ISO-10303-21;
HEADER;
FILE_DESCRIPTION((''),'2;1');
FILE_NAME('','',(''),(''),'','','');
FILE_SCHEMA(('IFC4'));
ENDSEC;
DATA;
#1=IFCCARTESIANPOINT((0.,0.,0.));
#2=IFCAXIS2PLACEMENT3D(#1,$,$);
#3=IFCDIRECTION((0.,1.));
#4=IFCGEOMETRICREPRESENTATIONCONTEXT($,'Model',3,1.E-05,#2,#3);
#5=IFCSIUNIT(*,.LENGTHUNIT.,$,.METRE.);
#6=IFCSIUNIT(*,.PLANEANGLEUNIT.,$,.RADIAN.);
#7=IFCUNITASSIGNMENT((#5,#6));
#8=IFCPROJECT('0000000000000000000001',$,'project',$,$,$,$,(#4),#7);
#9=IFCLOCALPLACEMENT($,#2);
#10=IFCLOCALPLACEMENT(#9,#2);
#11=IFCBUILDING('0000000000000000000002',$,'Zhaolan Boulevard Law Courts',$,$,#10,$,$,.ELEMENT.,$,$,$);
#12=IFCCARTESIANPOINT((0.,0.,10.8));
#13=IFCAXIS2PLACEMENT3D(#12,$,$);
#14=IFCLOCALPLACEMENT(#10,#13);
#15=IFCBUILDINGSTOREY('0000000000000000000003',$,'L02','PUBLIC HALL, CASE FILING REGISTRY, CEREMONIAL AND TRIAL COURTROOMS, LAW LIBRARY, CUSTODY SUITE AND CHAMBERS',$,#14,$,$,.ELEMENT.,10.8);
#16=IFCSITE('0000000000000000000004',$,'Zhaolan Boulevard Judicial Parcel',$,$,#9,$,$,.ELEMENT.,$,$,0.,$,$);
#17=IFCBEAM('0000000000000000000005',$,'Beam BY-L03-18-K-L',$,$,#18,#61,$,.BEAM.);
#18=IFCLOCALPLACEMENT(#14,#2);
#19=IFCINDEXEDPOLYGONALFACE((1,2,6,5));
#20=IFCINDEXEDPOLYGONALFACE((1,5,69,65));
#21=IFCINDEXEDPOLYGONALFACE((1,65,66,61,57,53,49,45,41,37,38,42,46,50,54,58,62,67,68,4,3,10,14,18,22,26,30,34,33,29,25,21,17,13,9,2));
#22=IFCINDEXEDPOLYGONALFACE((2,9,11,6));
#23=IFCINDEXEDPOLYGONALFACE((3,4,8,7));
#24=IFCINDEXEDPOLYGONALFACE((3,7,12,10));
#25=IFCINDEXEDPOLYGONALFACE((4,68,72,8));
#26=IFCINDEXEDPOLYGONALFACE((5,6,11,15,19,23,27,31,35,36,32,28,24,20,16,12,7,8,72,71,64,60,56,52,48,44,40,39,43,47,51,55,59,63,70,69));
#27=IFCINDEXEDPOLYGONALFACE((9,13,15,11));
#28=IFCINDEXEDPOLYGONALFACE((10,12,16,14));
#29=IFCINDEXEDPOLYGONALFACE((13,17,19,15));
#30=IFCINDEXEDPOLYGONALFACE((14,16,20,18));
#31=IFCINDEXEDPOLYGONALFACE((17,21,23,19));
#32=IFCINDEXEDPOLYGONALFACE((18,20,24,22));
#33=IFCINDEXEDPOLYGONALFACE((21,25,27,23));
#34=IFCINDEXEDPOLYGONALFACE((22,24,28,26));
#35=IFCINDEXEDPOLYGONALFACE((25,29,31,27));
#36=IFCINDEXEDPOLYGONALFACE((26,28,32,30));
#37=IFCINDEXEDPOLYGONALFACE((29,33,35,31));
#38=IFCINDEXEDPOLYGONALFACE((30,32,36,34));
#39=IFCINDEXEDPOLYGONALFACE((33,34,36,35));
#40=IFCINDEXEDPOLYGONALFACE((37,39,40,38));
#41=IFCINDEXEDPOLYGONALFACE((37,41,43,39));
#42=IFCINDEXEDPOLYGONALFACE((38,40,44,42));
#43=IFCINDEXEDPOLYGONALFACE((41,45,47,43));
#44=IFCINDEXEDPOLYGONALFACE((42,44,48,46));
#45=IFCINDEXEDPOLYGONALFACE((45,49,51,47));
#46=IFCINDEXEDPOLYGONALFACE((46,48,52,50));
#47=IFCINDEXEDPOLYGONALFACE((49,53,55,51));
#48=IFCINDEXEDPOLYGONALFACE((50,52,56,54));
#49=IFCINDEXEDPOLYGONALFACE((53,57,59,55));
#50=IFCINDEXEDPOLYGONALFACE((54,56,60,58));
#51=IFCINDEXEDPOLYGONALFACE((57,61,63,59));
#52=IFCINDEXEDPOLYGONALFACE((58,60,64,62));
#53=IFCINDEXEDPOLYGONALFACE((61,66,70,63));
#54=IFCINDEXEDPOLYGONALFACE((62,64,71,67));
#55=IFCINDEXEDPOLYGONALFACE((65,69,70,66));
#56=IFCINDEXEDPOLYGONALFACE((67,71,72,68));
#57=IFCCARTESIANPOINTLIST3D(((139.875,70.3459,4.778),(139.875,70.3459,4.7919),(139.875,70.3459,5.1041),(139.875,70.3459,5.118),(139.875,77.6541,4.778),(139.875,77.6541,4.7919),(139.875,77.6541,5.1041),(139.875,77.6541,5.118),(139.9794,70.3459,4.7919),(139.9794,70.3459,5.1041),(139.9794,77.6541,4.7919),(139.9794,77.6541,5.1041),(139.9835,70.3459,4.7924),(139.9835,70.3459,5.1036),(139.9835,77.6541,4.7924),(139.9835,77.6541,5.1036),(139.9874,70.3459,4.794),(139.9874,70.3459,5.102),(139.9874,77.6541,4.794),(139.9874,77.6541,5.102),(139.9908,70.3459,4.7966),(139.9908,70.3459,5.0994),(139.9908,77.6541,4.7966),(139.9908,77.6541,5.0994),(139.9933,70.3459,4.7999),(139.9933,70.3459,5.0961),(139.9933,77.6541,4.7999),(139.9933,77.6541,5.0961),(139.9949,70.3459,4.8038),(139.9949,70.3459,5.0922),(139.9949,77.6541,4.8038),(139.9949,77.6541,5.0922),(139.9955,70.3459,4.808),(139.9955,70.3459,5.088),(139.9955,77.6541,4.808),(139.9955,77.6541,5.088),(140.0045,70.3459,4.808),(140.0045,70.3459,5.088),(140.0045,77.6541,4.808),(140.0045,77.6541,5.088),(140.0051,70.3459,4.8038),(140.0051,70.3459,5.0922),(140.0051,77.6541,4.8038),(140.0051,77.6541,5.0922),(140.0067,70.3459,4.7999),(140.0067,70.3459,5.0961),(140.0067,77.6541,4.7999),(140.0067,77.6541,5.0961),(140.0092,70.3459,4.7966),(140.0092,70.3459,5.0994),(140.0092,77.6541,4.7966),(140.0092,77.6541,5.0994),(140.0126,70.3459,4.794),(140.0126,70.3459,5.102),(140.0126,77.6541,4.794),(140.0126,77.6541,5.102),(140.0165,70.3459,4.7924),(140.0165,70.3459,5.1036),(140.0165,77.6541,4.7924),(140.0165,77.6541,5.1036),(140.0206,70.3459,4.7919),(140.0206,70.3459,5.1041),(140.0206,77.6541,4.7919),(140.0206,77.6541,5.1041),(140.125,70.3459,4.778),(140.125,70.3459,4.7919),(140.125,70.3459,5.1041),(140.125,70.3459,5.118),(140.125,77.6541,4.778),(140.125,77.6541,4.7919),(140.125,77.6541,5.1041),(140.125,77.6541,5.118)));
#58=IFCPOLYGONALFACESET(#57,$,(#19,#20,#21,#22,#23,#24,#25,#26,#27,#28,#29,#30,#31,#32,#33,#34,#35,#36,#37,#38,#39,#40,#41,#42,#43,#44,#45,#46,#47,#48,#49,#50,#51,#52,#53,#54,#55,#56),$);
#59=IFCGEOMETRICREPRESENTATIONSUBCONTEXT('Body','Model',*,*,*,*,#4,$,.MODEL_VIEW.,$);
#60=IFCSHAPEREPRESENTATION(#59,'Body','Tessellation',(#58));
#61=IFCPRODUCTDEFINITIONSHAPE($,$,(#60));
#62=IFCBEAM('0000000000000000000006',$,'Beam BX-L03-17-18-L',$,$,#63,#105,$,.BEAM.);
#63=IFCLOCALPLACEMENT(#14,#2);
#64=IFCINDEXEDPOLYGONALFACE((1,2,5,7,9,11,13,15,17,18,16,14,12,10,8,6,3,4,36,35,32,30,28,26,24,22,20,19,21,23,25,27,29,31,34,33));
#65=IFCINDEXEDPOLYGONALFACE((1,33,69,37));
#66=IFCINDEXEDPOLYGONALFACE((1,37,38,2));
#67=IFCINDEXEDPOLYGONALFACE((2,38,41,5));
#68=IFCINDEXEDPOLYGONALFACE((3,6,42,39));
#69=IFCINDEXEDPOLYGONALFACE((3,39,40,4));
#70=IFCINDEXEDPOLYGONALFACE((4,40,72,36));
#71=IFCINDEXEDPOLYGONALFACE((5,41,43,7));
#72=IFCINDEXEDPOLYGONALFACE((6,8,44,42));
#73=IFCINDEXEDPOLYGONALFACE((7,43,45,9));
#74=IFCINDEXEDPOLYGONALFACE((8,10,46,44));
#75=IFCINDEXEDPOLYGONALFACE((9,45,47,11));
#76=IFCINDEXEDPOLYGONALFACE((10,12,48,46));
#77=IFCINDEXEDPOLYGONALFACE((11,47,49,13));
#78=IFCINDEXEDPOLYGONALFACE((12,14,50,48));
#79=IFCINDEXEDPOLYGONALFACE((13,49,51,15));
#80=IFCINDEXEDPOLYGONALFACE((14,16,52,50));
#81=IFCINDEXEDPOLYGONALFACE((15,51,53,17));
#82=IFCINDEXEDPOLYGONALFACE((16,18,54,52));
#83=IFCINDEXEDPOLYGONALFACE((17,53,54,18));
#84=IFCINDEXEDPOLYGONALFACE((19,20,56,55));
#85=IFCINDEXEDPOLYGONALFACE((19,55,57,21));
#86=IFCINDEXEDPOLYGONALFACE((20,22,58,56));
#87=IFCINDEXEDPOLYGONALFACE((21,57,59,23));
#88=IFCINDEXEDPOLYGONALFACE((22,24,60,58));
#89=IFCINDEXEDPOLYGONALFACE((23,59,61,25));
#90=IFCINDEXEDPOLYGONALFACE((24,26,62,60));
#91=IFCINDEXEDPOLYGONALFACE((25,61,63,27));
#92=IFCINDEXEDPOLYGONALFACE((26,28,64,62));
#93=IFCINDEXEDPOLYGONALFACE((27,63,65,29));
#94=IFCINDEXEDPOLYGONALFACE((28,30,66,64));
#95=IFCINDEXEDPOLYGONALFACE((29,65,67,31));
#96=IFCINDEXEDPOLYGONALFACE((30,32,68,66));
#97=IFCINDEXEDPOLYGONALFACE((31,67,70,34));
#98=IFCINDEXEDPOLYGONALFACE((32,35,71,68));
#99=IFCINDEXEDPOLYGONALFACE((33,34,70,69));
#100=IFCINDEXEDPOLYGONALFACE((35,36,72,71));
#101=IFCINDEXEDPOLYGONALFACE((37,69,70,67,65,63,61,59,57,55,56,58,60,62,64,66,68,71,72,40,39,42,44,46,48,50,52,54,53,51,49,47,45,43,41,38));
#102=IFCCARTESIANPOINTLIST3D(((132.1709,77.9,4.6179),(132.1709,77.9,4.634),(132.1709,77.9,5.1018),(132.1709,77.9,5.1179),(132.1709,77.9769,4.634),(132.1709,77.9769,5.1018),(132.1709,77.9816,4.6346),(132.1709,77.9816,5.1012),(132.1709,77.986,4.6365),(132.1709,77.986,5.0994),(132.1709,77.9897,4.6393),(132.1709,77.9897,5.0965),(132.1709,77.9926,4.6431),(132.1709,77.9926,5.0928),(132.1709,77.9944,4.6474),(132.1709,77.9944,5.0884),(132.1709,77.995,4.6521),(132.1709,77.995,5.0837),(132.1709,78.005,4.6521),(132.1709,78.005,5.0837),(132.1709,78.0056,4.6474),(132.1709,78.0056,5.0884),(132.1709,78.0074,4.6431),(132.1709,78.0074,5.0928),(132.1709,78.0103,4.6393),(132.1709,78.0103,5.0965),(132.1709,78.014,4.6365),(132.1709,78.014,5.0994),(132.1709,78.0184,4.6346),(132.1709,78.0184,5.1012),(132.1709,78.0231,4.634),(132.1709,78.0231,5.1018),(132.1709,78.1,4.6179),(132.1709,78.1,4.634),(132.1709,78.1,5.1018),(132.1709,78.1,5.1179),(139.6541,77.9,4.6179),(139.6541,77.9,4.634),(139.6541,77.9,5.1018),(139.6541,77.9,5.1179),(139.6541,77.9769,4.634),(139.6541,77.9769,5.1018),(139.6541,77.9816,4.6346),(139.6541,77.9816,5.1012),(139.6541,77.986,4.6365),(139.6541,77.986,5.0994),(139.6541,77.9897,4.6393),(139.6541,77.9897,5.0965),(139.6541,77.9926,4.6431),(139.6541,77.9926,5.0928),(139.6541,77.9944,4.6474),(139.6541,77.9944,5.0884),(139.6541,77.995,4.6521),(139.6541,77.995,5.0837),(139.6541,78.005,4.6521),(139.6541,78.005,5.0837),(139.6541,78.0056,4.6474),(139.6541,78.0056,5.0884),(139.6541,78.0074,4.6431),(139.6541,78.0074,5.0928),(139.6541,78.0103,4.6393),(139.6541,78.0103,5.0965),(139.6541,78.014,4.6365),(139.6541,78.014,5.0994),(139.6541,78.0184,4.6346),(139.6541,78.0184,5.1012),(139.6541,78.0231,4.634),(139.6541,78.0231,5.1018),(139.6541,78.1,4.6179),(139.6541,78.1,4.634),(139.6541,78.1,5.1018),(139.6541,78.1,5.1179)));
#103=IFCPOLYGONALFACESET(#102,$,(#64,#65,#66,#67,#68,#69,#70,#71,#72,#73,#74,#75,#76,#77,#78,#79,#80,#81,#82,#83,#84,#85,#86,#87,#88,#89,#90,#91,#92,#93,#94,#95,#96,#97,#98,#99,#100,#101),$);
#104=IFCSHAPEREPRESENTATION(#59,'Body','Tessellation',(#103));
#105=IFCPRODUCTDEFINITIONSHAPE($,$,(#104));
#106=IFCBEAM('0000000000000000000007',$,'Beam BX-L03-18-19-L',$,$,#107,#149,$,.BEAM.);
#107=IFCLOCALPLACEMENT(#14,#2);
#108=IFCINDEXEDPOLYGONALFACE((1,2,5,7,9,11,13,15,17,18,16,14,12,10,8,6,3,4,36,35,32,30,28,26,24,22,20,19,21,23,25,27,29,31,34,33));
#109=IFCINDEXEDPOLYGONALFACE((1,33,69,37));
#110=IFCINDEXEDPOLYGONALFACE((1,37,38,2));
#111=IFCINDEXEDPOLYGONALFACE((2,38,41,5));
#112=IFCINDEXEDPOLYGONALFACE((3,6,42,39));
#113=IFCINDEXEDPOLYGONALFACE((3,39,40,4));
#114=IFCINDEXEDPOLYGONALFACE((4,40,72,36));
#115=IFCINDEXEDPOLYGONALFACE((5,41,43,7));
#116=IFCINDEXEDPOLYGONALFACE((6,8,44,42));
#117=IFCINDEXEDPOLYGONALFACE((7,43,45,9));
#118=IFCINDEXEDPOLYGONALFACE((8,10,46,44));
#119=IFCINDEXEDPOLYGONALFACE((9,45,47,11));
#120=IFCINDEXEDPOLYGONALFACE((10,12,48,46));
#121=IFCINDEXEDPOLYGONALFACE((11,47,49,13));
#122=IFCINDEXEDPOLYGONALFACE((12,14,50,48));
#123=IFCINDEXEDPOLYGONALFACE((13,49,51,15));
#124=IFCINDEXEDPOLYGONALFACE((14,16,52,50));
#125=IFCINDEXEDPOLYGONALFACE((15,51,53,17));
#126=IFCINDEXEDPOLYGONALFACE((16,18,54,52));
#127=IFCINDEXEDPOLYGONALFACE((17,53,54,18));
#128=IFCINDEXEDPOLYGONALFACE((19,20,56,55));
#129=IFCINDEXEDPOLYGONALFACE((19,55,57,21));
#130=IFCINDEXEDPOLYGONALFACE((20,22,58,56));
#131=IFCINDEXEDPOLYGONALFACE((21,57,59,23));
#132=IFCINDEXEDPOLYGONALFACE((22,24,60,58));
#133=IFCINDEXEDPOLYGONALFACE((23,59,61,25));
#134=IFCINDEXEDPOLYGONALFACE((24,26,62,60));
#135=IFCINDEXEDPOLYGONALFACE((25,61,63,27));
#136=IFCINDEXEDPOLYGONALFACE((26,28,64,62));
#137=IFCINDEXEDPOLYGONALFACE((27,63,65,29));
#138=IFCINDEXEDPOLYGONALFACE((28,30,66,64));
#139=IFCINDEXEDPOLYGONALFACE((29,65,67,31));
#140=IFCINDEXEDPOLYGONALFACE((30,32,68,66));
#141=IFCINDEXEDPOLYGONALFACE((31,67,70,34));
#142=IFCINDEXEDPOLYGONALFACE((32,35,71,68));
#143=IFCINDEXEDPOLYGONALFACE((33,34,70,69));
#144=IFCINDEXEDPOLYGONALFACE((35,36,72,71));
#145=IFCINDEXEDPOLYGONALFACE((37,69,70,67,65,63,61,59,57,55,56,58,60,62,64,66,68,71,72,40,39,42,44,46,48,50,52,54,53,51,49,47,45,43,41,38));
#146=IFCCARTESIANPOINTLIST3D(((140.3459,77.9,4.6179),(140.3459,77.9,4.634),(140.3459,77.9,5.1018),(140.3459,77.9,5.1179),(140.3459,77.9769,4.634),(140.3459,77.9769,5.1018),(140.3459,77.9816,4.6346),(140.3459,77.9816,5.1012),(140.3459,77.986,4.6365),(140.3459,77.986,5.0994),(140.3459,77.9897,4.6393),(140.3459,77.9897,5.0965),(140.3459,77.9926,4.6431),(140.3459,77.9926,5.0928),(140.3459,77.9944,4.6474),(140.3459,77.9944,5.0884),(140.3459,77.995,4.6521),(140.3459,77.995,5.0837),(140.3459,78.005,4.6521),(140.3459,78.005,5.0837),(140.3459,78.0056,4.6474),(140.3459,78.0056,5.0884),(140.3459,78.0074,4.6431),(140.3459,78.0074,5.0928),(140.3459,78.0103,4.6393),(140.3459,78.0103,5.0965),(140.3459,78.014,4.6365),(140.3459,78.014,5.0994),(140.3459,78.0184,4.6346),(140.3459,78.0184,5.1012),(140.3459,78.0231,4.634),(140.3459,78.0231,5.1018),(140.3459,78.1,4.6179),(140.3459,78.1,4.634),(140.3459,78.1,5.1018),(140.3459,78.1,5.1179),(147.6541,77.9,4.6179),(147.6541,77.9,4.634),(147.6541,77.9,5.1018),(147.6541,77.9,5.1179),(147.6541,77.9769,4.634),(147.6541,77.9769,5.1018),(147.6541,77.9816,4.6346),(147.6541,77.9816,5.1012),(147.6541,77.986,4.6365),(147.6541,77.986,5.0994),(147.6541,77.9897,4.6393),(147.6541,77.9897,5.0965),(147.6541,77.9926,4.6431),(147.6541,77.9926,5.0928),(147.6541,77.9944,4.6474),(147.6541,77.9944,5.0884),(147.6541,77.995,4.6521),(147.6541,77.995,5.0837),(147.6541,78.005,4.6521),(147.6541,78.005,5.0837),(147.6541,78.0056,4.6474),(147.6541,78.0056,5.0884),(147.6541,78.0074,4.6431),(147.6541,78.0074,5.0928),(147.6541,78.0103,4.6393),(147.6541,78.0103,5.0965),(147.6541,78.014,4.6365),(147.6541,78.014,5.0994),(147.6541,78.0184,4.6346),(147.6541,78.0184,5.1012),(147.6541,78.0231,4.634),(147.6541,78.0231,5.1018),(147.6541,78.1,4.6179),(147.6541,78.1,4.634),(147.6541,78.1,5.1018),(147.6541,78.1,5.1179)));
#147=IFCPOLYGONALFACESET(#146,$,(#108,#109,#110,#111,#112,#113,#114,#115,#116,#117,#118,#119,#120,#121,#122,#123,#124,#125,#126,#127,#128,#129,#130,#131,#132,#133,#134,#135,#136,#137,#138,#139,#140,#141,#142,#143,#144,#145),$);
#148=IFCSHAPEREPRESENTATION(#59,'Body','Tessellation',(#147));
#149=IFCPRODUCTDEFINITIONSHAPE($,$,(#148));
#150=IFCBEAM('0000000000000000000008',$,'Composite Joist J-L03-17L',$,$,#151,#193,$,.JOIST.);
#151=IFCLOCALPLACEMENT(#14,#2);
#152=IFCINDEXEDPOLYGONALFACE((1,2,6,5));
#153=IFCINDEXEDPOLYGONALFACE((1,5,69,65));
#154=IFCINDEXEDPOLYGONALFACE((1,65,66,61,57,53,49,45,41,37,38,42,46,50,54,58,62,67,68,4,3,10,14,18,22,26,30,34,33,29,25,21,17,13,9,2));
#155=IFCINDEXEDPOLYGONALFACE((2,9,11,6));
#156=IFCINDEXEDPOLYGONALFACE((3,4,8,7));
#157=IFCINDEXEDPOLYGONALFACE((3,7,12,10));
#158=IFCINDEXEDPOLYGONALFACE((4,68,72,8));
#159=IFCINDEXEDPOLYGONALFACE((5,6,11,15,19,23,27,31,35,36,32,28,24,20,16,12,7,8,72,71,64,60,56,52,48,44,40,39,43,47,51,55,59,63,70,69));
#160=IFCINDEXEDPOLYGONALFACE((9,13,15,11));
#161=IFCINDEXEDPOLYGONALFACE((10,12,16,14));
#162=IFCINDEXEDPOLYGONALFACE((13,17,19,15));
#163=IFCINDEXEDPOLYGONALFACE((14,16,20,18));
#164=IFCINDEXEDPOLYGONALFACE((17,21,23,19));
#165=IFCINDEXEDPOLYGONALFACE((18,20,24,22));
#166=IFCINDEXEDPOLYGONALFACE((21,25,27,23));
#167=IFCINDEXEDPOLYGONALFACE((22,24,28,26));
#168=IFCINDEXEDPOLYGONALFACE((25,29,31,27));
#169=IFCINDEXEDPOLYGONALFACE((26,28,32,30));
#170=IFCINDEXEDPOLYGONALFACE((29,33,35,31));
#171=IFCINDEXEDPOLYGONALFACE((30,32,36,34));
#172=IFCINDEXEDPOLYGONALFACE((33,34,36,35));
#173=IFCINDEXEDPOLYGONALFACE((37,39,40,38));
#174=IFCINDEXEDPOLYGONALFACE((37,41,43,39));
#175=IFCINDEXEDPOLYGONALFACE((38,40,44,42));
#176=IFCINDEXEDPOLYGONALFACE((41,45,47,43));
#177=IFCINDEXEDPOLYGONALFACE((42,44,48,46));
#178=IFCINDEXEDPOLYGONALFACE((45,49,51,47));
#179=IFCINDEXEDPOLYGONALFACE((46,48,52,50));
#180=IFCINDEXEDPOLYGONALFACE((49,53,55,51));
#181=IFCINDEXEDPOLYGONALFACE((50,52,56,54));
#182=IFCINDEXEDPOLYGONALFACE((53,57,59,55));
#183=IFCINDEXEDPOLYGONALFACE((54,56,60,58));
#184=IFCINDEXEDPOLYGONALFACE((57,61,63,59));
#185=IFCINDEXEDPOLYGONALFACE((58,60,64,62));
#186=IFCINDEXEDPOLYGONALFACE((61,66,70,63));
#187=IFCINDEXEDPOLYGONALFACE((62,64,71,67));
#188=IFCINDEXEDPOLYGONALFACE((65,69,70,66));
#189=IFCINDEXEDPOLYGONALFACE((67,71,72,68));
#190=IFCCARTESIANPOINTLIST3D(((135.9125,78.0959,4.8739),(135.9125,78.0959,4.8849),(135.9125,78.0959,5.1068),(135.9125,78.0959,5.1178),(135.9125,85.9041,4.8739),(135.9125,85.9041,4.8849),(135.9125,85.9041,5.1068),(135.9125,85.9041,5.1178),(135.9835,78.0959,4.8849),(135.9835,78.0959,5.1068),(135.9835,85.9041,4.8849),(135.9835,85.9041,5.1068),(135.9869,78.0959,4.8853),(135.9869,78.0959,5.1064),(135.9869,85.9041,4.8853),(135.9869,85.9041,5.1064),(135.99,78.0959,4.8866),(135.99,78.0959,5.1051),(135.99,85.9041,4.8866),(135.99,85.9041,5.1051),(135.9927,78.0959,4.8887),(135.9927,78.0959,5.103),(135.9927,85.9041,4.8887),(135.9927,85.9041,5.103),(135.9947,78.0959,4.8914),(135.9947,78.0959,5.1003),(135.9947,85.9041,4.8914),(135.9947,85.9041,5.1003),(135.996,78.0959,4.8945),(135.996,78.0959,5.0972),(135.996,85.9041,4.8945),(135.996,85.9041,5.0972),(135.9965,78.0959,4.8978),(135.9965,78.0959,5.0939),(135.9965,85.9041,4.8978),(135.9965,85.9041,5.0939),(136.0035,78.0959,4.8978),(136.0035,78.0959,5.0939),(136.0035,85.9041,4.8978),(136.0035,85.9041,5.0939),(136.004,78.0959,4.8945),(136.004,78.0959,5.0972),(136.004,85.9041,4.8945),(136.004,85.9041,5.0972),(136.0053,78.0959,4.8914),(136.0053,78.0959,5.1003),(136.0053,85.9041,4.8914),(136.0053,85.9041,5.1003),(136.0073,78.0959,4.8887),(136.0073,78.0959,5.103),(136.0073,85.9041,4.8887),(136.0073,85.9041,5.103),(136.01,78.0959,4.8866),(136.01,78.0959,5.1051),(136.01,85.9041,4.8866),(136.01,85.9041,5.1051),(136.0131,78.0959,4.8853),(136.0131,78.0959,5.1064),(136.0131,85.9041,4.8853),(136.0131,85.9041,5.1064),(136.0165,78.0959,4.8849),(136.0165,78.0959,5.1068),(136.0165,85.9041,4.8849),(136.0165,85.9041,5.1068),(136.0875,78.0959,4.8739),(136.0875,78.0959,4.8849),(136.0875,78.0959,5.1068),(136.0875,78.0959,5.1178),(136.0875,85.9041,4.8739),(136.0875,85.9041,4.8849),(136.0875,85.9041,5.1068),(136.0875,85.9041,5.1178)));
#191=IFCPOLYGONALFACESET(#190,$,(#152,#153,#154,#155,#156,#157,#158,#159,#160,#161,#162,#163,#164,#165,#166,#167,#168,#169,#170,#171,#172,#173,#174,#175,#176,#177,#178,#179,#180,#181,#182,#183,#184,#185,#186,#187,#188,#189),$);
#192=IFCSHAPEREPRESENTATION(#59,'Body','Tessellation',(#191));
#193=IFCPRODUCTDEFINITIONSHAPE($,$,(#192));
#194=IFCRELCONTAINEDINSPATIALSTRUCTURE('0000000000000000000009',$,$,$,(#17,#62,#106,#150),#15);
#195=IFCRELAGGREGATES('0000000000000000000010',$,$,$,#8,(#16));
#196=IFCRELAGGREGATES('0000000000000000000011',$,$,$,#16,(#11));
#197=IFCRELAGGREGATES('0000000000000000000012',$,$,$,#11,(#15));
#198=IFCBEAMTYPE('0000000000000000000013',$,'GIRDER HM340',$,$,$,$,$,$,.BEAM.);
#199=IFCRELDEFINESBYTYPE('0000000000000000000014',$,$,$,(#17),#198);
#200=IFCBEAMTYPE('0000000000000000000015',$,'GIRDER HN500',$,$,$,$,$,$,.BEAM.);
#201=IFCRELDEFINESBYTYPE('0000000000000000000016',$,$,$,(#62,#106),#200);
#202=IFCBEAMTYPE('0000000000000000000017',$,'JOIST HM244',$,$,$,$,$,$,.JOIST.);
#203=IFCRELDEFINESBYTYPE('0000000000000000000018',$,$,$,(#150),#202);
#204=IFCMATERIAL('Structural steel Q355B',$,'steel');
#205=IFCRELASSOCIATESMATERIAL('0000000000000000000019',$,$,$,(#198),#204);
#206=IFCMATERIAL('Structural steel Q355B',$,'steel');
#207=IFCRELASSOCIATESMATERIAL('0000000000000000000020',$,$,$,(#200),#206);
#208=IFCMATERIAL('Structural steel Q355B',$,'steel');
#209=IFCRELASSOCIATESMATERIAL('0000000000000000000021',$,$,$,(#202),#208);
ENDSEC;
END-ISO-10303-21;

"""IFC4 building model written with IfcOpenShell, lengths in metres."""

from ifc_helpers import new_model, si_unit, direction, frame, origin, origin_2d, place, context, subcontext, project, spatial, i_section, extrude, material, material_profile, profile_set, type_object, element, save


model = new_model("IFC4")

# Units and contexts
model_context = context("Model", 3, precision=1e-05, world=origin(), true_north=direction((0.0, 1.0)))
body_context = subcontext(model_context, "Body", "Model", "MODEL_VIEW")
ifc_project = project(units=[si_unit("LENGTHUNIT", "METRE"), si_unit("PLANEANGLEUNIT", "RADIAN")], contexts=[model_context])

# Site, building, storey
site_placement = place(None, origin())
site = spatial("IfcSite", under=ifc_project, at=site_placement, Name="Zhaolan Boulevard Judicial Parcel", CompositionType="ELEMENT", RefElevation=0.0)
building_placement = place(site_placement, origin())
building = spatial("IfcBuilding", under=site, at=building_placement, Name="Zhaolan Boulevard Law Courts", CompositionType="ELEMENT")
storey_placement = place(building_placement, frame((0.0, 0.0, 10.8)))
storey = spatial("IfcBuildingStorey", under=building, at=storey_placement, Name="L02", Description="PUBLIC HALL, CASE FILING REGISTRY, CEREMONIAL AND TRIAL COURTROOMS, LAW LIBRARY, CUSTODY SUITE AND CHAMBERS", CompositionType="ELEMENT", Elevation=10.8)

# Beams
ifc_material_1 = material(Name="Structural steel Q355B", Category="steel")
ifc_material_profile_1 = material_profile(ifc_material_1, i_section(OverallWidth=0.25, OverallDepth=0.3401, WebThickness=0.009, FlangeThickness=0.0139, FilletRadius=0.0161, at=origin_2d()), Name="HM340x250")
ifc_profile_set_1 = profile_set([ifc_material_profile_1], Name="Structural steel Q355B")
beam_type_1 = type_object("IfcBeamType", Name="GIRDER HM340", PredefinedType="BEAM", material=ifc_profile_set_1)
beam_1_placement = place(storey_placement, frame((140.0, 70.3459, 4.948), z_axis=(0.0, 1.0, 0.0), x_axis=(-1.0, 0.0, 0.0)))
element("IfcBeam", 1, at=beam_1_placement, inside=storey, type_object=beam_type_1, Name="Beam BY-L03-18-K-L", PredefinedType="BEAM", context=body_context, shape_type="SweptSolid", body=[
    extrude(i_section(OverallWidth=0.25, OverallDepth=0.3401, WebThickness=0.009, FlangeThickness=0.0139, FilletRadius=0.0161, at=origin_2d()), origin(), (0.0, 0.0, 1.0), 7.3081),
])
ifc_material_2 = material(Name="Structural steel Q355B", Category="steel")
ifc_material_profile_2 = material_profile(ifc_material_2, i_section(OverallWidth=0.2, OverallDepth=0.5, WebThickness=0.01, FlangeThickness=0.0161, FilletRadius=0.0181, at=origin_2d()), Name="HN500x200")
ifc_profile_set_2 = profile_set([ifc_material_profile_2], Name="Structural steel Q355B")
beam_type_2 = type_object("IfcBeamType", Name="GIRDER HN500", PredefinedType="BEAM", material=ifc_profile_set_2)
beam_2_placement = place(storey_placement, frame((132.1709, 78.0, 4.8679), z_axis=(1.0, 0.0, 0.0), x_axis=(0.0, 1.0, 0.0)))
element("IfcBeam", 2, at=beam_2_placement, inside=storey, type_object=beam_type_2, Name="Beam BX-L03-17-18-L", PredefinedType="BEAM", context=body_context, shape_type="SweptSolid", body=[
    extrude(i_section(OverallWidth=0.2, OverallDepth=0.5, WebThickness=0.01, FlangeThickness=0.0161, FilletRadius=0.0181, at=origin_2d()), origin(), (0.0, 0.0, 1.0), 7.4832),
])
beam_3_placement = place(storey_placement, frame((140.3459, 78.0, 4.8679), z_axis=(1.0, 0.0, 0.0), x_axis=(0.0, 1.0, 0.0)))
element("IfcBeam", 3, at=beam_3_placement, inside=storey, type_object=beam_type_2, Name="Beam BX-L03-18-19-L", PredefinedType="BEAM", context=body_context, shape_type="SweptSolid", body=[
    extrude(i_section(OverallWidth=0.2, OverallDepth=0.5, WebThickness=0.01, FlangeThickness=0.0161, FilletRadius=0.0181, at=origin_2d()), origin(), (0.0, 0.0, 1.0), 7.3081),
])
ifc_material_3 = material(Name="Structural steel Q355B", Category="steel")
ifc_material_profile_3 = material_profile(ifc_material_3, i_section(OverallWidth=0.175, OverallDepth=0.2439, WebThickness=0.0071, FlangeThickness=0.011, FilletRadius=0.0129, at=origin_2d()), Name="HM244x175")
ifc_profile_set_3 = profile_set([ifc_material_profile_3], Name="Structural steel Q355B")
beam_type_3 = type_object("IfcBeamType", Name="JOIST HM244", PredefinedType="JOIST", material=ifc_profile_set_3)
beam_4_placement = place(storey_placement, frame((136.0, 78.0959, 4.9958), z_axis=(0.0, 1.0, 0.0), x_axis=(-1.0, 0.0, 0.0)))
element("IfcBeam", 4, at=beam_4_placement, inside=storey, type_object=beam_type_3, Name="Composite Joist J-L03-17L", PredefinedType="JOIST", context=body_context, shape_type="SweptSolid", body=[
    extrude(i_section(OverallWidth=0.175, OverallDepth=0.2439, WebThickness=0.0071, FlangeThickness=0.011, FilletRadius=0.0129, at=origin_2d()), origin(), (0.0, 0.0, 1.0), 7.8081),
])

save(model, "model.ifc")
